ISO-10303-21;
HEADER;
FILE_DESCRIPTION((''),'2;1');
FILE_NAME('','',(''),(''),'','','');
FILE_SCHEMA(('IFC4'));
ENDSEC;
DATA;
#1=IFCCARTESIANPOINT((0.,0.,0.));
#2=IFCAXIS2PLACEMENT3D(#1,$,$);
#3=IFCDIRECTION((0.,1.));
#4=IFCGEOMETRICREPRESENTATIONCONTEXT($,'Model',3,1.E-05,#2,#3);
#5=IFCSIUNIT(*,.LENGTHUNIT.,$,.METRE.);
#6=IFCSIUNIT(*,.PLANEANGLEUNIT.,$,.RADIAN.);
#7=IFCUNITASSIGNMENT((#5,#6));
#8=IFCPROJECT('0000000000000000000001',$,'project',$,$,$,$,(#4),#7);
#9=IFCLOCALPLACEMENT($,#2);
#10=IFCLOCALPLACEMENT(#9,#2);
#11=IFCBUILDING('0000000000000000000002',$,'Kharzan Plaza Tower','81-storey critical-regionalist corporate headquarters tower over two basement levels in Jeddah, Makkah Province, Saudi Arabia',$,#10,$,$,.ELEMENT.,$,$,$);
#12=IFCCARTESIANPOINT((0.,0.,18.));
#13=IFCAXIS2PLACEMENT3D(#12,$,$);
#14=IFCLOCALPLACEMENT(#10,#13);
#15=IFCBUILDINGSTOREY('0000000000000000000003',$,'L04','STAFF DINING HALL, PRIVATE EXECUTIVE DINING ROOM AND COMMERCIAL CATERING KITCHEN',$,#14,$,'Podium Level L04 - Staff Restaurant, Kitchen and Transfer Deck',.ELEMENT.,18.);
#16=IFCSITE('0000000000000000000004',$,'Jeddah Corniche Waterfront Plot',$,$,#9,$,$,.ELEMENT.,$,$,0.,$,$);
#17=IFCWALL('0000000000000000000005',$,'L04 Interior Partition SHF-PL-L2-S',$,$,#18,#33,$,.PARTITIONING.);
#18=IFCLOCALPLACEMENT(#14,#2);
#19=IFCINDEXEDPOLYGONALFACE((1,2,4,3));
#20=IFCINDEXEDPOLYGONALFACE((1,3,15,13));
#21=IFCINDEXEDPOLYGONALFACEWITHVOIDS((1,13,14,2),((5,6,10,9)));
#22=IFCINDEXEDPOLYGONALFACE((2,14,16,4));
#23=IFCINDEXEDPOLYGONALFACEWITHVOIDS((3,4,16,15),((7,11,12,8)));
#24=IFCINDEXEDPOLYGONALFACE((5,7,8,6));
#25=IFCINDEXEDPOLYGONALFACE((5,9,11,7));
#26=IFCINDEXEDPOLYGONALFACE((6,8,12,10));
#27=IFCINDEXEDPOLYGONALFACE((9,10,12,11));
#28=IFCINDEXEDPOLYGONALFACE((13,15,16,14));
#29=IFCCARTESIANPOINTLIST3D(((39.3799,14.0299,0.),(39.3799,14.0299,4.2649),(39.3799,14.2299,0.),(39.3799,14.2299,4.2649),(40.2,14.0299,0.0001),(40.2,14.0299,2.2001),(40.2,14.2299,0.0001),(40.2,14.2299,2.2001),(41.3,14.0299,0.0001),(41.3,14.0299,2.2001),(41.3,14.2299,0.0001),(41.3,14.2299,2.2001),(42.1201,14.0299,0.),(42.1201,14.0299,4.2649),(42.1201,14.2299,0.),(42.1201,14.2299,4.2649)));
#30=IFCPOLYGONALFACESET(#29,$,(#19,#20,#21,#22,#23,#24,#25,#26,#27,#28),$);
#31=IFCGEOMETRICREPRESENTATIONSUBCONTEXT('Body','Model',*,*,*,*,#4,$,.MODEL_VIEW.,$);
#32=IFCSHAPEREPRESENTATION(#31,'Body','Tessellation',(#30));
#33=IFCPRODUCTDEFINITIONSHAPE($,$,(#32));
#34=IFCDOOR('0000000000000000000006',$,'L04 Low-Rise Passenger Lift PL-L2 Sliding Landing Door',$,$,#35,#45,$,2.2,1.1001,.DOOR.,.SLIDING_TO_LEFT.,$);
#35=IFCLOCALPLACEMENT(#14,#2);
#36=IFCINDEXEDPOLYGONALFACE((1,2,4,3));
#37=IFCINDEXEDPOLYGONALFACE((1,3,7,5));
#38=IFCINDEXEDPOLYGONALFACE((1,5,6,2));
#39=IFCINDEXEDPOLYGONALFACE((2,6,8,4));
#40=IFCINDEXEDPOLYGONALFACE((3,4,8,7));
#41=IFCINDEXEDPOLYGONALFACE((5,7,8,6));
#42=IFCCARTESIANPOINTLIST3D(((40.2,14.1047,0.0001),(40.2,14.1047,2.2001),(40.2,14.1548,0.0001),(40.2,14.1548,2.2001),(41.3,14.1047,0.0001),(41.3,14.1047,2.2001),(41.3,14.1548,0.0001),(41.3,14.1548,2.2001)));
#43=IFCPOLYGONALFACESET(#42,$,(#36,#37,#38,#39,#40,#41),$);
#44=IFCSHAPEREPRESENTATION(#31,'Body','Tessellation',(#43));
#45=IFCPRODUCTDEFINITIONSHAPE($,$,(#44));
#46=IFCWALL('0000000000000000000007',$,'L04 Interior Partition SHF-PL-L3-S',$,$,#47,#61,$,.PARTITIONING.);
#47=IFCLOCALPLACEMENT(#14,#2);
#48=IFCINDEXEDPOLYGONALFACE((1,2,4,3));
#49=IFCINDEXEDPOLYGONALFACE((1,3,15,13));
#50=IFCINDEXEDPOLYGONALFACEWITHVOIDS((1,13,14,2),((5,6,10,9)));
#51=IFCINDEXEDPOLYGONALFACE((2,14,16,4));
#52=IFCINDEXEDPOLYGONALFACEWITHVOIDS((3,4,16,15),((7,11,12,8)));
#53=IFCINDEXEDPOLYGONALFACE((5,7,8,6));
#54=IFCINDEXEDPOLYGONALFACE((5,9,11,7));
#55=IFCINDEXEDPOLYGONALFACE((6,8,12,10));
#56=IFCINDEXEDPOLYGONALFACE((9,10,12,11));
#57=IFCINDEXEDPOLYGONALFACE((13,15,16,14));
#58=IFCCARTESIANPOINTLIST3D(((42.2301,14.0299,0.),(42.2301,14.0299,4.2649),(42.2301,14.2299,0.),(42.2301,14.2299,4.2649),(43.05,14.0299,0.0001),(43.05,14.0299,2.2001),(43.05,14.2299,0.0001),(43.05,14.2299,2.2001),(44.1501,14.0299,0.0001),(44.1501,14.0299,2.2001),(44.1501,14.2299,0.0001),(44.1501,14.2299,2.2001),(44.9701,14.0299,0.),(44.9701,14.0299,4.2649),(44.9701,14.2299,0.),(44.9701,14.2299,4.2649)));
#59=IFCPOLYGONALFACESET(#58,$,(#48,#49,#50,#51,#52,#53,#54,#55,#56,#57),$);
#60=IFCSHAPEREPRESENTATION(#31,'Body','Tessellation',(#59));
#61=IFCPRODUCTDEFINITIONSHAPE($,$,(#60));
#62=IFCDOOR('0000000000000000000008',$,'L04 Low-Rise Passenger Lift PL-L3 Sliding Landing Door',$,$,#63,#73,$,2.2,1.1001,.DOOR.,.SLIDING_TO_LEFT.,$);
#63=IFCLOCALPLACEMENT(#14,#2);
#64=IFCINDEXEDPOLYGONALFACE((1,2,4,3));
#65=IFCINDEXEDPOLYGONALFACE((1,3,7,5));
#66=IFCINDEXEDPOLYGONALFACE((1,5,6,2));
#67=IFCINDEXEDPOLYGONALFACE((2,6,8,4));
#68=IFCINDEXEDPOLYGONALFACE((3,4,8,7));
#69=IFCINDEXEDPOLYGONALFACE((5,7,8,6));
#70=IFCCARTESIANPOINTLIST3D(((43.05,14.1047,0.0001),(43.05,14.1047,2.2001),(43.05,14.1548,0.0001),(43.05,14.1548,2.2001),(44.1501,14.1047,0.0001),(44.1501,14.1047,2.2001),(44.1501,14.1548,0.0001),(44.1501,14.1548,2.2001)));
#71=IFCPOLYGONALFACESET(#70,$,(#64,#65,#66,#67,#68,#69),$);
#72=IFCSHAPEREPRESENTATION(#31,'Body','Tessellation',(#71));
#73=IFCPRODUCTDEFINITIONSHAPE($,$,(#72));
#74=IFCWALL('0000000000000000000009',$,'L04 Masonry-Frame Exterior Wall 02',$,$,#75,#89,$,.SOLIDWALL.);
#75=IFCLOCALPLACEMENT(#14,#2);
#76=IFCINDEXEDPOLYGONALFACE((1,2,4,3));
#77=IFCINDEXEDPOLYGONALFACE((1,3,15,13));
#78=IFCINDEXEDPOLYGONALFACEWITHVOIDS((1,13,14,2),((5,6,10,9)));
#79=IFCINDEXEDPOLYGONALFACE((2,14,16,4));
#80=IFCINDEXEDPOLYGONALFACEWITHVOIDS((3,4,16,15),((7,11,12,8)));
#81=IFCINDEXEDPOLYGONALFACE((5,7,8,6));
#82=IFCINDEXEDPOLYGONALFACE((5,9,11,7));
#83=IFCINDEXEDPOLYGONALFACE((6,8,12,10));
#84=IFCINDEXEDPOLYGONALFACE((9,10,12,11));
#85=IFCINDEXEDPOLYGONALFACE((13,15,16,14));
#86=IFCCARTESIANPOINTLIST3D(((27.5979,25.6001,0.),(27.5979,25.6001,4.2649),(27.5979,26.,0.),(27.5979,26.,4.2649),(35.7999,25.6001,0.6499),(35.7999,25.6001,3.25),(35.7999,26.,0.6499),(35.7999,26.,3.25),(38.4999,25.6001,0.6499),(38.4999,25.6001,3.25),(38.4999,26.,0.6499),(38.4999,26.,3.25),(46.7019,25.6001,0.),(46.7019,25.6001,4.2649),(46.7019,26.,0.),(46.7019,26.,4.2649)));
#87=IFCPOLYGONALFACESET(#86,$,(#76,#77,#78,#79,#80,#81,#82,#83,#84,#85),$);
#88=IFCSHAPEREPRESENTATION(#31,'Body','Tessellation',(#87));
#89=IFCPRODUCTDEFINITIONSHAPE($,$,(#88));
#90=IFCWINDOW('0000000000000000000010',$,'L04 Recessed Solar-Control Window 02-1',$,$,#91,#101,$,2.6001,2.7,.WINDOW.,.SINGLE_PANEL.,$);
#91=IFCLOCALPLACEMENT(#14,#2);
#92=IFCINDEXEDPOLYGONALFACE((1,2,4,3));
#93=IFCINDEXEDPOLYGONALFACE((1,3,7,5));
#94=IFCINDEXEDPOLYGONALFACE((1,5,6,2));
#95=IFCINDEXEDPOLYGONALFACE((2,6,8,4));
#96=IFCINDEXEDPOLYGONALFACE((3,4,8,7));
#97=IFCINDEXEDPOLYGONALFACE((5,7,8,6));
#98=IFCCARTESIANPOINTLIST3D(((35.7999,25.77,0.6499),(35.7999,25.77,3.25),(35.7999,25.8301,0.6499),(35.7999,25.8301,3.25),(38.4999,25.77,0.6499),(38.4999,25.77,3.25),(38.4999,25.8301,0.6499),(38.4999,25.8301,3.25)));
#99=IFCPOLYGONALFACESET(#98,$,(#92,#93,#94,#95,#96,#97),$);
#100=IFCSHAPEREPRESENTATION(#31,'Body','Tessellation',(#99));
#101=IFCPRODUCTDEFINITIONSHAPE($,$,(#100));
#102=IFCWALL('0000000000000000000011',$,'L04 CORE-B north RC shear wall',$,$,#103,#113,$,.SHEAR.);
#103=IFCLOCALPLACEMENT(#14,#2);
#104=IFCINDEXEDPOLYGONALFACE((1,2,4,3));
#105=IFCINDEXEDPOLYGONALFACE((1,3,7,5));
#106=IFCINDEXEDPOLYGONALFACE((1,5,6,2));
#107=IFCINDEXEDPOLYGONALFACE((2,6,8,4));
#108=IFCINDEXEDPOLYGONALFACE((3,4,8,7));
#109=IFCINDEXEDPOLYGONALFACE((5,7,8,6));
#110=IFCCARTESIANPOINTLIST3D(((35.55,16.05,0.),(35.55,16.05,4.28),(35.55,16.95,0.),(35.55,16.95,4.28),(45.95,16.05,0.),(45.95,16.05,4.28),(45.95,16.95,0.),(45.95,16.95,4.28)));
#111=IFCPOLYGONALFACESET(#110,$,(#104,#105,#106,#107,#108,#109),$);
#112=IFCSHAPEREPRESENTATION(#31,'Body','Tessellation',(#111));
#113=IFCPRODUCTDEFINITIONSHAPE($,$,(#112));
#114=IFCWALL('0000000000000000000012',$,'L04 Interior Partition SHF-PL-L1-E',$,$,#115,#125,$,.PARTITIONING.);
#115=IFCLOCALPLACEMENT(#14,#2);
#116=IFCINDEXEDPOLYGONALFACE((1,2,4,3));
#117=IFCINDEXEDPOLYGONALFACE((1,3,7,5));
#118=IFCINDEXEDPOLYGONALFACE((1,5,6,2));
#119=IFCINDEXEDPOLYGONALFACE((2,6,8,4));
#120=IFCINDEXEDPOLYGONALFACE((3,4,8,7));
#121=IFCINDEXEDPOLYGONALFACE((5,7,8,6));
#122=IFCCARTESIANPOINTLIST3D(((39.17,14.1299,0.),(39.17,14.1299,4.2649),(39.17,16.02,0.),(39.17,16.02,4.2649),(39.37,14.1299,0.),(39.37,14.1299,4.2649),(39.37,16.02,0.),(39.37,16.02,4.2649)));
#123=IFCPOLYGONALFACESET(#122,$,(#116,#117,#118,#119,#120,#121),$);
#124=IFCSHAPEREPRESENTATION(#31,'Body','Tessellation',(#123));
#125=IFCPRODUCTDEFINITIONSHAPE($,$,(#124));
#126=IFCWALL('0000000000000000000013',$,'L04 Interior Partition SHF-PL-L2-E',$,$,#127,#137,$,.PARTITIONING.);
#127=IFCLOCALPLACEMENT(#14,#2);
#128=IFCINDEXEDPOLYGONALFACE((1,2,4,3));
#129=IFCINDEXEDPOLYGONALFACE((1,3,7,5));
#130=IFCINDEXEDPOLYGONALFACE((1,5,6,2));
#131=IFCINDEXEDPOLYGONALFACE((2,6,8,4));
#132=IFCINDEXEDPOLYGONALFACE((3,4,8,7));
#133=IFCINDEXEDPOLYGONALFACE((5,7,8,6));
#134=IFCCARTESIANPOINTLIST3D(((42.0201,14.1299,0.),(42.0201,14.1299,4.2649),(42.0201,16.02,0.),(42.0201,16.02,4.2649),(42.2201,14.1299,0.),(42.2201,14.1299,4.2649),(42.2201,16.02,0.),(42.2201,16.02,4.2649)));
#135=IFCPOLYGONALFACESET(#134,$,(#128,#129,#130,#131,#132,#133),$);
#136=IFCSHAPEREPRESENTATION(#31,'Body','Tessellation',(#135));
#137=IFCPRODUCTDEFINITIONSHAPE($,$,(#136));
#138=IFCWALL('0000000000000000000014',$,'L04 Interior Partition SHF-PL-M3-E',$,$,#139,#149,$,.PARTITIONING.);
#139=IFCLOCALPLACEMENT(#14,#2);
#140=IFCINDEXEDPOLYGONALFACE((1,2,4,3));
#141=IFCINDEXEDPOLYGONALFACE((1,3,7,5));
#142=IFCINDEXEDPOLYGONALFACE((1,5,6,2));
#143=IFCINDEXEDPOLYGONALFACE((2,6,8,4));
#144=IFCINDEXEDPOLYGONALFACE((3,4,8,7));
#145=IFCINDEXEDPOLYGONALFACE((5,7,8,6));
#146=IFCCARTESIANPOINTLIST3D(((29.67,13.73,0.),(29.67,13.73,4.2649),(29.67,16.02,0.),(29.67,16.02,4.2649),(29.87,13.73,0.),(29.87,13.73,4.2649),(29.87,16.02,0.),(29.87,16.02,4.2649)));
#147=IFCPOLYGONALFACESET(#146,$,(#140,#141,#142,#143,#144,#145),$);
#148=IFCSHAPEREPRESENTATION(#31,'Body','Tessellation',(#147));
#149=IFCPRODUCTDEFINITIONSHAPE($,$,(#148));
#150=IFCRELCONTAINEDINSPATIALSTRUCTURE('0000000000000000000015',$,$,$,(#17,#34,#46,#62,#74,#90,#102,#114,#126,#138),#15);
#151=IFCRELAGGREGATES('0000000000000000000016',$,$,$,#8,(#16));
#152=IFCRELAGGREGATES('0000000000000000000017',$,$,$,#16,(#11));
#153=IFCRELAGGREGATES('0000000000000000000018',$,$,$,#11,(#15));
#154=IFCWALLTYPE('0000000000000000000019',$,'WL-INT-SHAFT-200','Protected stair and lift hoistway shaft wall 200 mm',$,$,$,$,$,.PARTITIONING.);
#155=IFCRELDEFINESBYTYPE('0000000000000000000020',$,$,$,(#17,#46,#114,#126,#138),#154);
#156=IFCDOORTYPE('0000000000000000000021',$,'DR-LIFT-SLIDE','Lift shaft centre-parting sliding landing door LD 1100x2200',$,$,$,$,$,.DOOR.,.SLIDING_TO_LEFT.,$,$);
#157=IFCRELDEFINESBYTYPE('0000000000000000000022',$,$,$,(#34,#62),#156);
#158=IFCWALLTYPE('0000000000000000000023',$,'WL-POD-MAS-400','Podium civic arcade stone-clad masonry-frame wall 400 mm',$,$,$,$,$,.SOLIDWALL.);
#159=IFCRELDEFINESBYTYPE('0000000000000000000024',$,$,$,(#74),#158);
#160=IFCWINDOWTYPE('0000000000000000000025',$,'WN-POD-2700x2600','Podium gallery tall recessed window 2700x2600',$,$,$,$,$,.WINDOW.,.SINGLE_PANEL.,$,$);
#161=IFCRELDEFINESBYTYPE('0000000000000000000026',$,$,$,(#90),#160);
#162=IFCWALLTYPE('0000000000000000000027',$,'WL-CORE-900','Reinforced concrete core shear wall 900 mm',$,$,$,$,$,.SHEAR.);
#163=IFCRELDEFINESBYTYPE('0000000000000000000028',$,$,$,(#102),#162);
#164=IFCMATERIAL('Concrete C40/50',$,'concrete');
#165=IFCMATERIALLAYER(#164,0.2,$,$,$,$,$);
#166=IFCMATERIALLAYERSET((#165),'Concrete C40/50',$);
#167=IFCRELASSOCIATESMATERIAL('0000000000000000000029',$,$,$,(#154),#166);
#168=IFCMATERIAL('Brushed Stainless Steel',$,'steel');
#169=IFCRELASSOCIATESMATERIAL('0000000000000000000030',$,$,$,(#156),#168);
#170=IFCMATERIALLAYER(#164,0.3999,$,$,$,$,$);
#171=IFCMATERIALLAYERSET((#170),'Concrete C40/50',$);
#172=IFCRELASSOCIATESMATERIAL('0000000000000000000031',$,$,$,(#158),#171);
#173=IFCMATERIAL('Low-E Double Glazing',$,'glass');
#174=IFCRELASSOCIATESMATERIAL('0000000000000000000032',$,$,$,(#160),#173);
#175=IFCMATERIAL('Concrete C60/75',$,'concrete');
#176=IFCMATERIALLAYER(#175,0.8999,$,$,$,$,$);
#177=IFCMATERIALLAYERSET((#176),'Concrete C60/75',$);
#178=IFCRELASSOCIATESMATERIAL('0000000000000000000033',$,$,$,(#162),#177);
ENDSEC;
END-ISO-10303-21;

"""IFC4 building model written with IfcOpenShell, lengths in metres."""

from ifc_helpers import new_model, si_unit, direction, frame, frame_2d, origin, place, context, subcontext, project, spatial, rectangle, extrude, source, transform, mapped, material, layer, layer_set, type_object, element, fill, save


model = new_model("IFC4")

# Units and contexts
model_context = context("Model", 3, precision=1e-05, world=origin(), true_north=direction((0.0, 1.0)))
body_context = subcontext(model_context, "Body", "Model", "MODEL_VIEW")
ifc_project = project(units=[si_unit("LENGTHUNIT", "METRE"), si_unit("PLANEANGLEUNIT", "RADIAN")], contexts=[model_context])

# Site, building, storey
site_placement = place(None, origin())
site = spatial("IfcSite", under=ifc_project, at=site_placement, Name="Jeddah Corniche Waterfront Plot", CompositionType="ELEMENT", RefElevation=0.0)
building_placement = place(site_placement, origin())
building = spatial("IfcBuilding", under=site, at=building_placement, Name="Kharzan Plaza Tower", Description="81-storey critical-regionalist corporate headquarters tower over two basement levels in Jeddah, Makkah Province, Saudi Arabia", CompositionType="ELEMENT")
storey_placement = place(building_placement, frame((0.0, 0.0, 18.0)))
storey = spatial("IfcBuildingStorey", under=building, at=storey_placement, Name="L04", Description="STAFF DINING HALL, PRIVATE EXECUTIVE DINING ROOM AND COMMERCIAL CATERING KITCHEN", LongName="Podium Level L04 - Staff Restaurant, Kitchen and Transfer Deck", CompositionType="ELEMENT", Elevation=18.0)

# Shared definitions
ifc_material_1 = material(Name="Concrete C60/75", Category="concrete")

# Walls, openings, doors
ifc_material_2 = material(Name="Concrete C40/50", Category="concrete")
ifc_layer_1 = layer(ifc_material_2, 0.2)
ifc_layer_set_1 = layer_set([ifc_layer_1], Name="Concrete C40/50")
wall_type_1 = type_object("IfcWallType", Name="WL-INT-SHAFT-200", Description="Protected stair and lift hoistway shaft wall 200 mm", PredefinedType="PARTITIONING", material=ifc_layer_set_1)
ifc_material_3 = material(Name="Brushed Stainless Steel", Category="steel")
door_type = type_object("IfcDoorType", Name="DR-LIFT-SLIDE", Description="Lift shaft centre-parting sliding landing door LD 1100x2200", OperationType="SLIDING_TO_LEFT", PredefinedType="DOOR", material=ifc_material_3)
shared_shape_1 = source(origin(), body_context, "Body", "SweptSolid", [
    extrude(rectangle(XDim=1.1001, YDim=2.2, at=frame_2d((0.55, 1.1001))), frame((0.0, 0.0249, 0.0), z_axis=(0.0, -1.0, 0.0), x_axis=(1.0, 0.0, 0.0)), (0.0, 0.0, 1.0), 0.05),
])
wall_1_placement = place(storey_placement, frame((39.3799, 14.1299, 0.0), z_axis=(0.0, 0.0, 1.0), x_axis=(1.0, 0.0, 0.0)))
wall_1 = element("IfcWall", 1, at=wall_1_placement, inside=storey, type_object=wall_type_1, Name="L04 Interior Partition SHF-PL-L2-S", PredefinedType="PARTITIONING", context=body_context, shape_type="SweptSolid", body=[
    extrude(rectangle(XDim=2.7402, YDim=0.2, at=frame_2d((1.3701, 0.0))), origin(), (0.0, 0.0, 1.0), 4.2649),
])
opening_1_placement = place(wall_1_placement, frame((0.8201, 0.0, 0.0)))
opening_1 = element("IfcOpeningElement", 2, at=opening_1_placement, cuts=wall_1, PredefinedType="OPENING", context=body_context, shape_type="SweptSolid", body=[
    extrude(rectangle(XDim=1.1001, YDim=2.2, at=frame_2d((0.55, 1.1001))), frame((0.0, 0.1099, 0.0), z_axis=(0.0, -1.0, 0.0), x_axis=(1.0, 0.0, 0.0)), (0.0, 0.0, 1.0), 0.22),
])
door_1_placement = place(opening_1_placement, origin())
door_1 = element("IfcDoor", 3, at=door_1_placement, inside=storey, type_object=door_type, Name="L04 Low-Rise Passenger Lift PL-L2 Sliding Landing Door", OperationType="SLIDING_TO_LEFT", OverallHeight=2.2, OverallWidth=1.1001, PredefinedType="DOOR", context=body_context, shape_type="MappedRepresentation", body=[
    mapped(shared_shape_1, transform((0.0, 0.0, 0.0), x_axis=(1.0, 0.0, 0.0), y_axis=(0.0, 1.0, 0.0), z_axis=(0.0, 0.0, 1.0))),
])
fill(opening_1, door_1)
wall_2_placement = place(storey_placement, frame((42.23, 14.1299, 0.0), z_axis=(0.0, 0.0, 1.0), x_axis=(1.0, 0.0, 0.0)))
wall_2 = element("IfcWall", 4, at=wall_2_placement, inside=storey, type_object=wall_type_1, Name="L04 Interior Partition SHF-PL-L3-S", PredefinedType="PARTITIONING", context=body_context, shape_type="SweptSolid", body=[
    extrude(rectangle(XDim=2.74, YDim=0.2, at=frame_2d((1.3701, 0.0))), origin(), (0.0, 0.0, 1.0), 4.2649),
])
opening_2_placement = place(wall_2_placement, frame((0.8201, 0.0, 0.0)))
opening_2 = element("IfcOpeningElement", 5, at=opening_2_placement, cuts=wall_2, PredefinedType="OPENING", context=body_context, shape_type="SweptSolid", body=[
    extrude(rectangle(XDim=1.1001, YDim=2.2, at=frame_2d((0.55, 1.1001))), frame((0.0, 0.1099, 0.0), z_axis=(0.0, -1.0, 0.0), x_axis=(1.0, 0.0, 0.0)), (0.0, 0.0, 1.0), 0.22),
])
door_2_placement = place(opening_2_placement, origin())
door_2 = element("IfcDoor", 6, at=door_2_placement, inside=storey, type_object=door_type, Name="L04 Low-Rise Passenger Lift PL-L3 Sliding Landing Door", OperationType="SLIDING_TO_LEFT", OverallHeight=2.2, OverallWidth=1.1001, PredefinedType="DOOR", context=body_context, shape_type="MappedRepresentation", body=[
    mapped(shared_shape_1, transform((0.0, 0.0, 0.0), x_axis=(1.0, 0.0, 0.0), y_axis=(0.0, 1.0, 0.0), z_axis=(0.0, 0.0, 1.0))),
])
fill(opening_2, door_2)

# Wall, opening, window
ifc_layer_2 = layer(ifc_material_2, 0.3999)
ifc_layer_set_2 = layer_set([ifc_layer_2], Name="Concrete C40/50")
wall_type_2 = type_object("IfcWallType", Name="WL-POD-MAS-400", Description="Podium civic arcade stone-clad masonry-frame wall 400 mm", PredefinedType="SOLIDWALL", material=ifc_layer_set_2)
wall_3_placement = place(storey_placement, frame((46.7019, 25.8, 0.0), z_axis=(0.0, 0.0, 1.0), x_axis=(-1.0, 0.0, 0.0)))
wall_3 = element("IfcWall", 7, at=wall_3_placement, inside=storey, type_object=wall_type_2, Name="L04 Masonry-Frame Exterior Wall 02", PredefinedType="SOLIDWALL", context=body_context, shape_type="SweptSolid", body=[
    extrude(rectangle(XDim=19.104, YDim=0.3999, at=frame_2d((9.552, 0.0))), origin(), (0.0, 0.0, 1.0), 4.2649),
])
opening_3_placement = place(wall_3_placement, frame((8.2019, 0.0, 0.6499)))
opening_3 = element("IfcOpeningElement", 8, at=opening_3_placement, cuts=wall_3, PredefinedType="OPENING", context=body_context, shape_type="SweptSolid", body=[
    extrude(rectangle(XDim=2.7, YDim=2.6001, at=frame_2d((1.3501, 1.3))), frame((0.0, 0.21, 0.0), z_axis=(0.0, -1.0, 0.0), x_axis=(1.0, 0.0, 0.0)), (0.0, 0.0, 1.0), 0.4199),
])
ifc_material_4 = material(Name="Low-E Double Glazing", Category="glass")
window_type = type_object("IfcWindowType", Name="WN-POD-2700x2600", Description="Podium gallery tall recessed window 2700x2600", PartitioningType="SINGLE_PANEL", PredefinedType="WINDOW", material=ifc_material_4)
shared_shape_2 = source(origin(), body_context, "Body", "SweptSolid", [
    extrude(rectangle(XDim=2.7, YDim=2.6001, at=frame_2d((1.3501, 1.3))), frame((0.0, 0.03, 0.0), z_axis=(0.0, -1.0, 0.0), x_axis=(1.0, 0.0, 0.0)), (0.0, 0.0, 1.0), 0.0601),
])
window_placement = place(opening_3_placement, origin())
window = element("IfcWindow", 9, at=window_placement, inside=storey, type_object=window_type, Name="L04 Recessed Solar-Control Window 02-1", OverallHeight=2.6001, OverallWidth=2.7, PartitioningType="SINGLE_PANEL", PredefinedType="WINDOW", context=body_context, shape_type="MappedRepresentation", body=[
    mapped(shared_shape_2, transform((0.0, 0.0, 0.0), x_axis=(1.0, 0.0, 0.0), y_axis=(0.0, 1.0, 0.0), z_axis=(0.0, 0.0, 1.0))),
])
fill(opening_3, window)

# Walls
ifc_layer_3 = layer(ifc_material_1, 0.8999)
ifc_layer_set_3 = layer_set([ifc_layer_3], Name="Concrete C60/75")
wall_type_3 = type_object("IfcWallType", Name="WL-CORE-900", Description="Reinforced concrete core shear wall 900 mm", PredefinedType="SHEAR", material=ifc_layer_set_3)
shared_shape_3 = source(origin(), body_context, "Body", "SweptSolid", [
    extrude(rectangle(XDim=10.3999, YDim=0.8999, at=frame_2d((5.2, 0.0))), origin(), (0.0, 0.0, 1.0), 4.28),
])
wall_4_placement = place(storey_placement, frame((35.55, 16.5, 0.0), z_axis=(0.0, 0.0, 1.0), x_axis=(1.0, 0.0, 0.0)))
element("IfcWall", 10, at=wall_4_placement, inside=storey, type_object=wall_type_3, Name="L04 CORE-B north RC shear wall", PredefinedType="SHEAR", context=body_context, shape_type="MappedRepresentation", body=[
    mapped(shared_shape_3, transform((0.0, 0.0, 0.0), x_axis=(1.0, 0.0, 0.0), y_axis=(0.0, 1.0, 0.0), z_axis=(0.0, 0.0, 1.0))),
])
shared_shape_4 = source(origin(), body_context, "Body", "SweptSolid", [
    extrude(rectangle(XDim=1.8901, YDim=0.2, at=frame_2d((0.9451, 0.0))), origin(), (0.0, 0.0, 1.0), 4.2649),
])
for number, where, z_axis, x_axis, name in (
    (11, (39.27, 14.1299, 0.0), (0.0, 0.0, 1.0), (0.0, 1.0, 0.0), "L04 Interior Partition SHF-PL-L1-E"),
    (12, (42.1201, 14.1299, 0.0), (0.0, 0.0, 1.0), (0.0, 1.0, 0.0), "L04 Interior Partition SHF-PL-L2-E"),
):
    element("IfcWall", number, at=place(storey_placement, frame(where, z_axis=z_axis, x_axis=x_axis)), inside=storey, type_object=wall_type_1, Name=name, PredefinedType="PARTITIONING", context=body_context, shape_type="MappedRepresentation", body=[
        mapped(shared_shape_4, transform((0.0, 0.0, 0.0), x_axis=(1.0, 0.0, 0.0), y_axis=(0.0, 1.0, 0.0), z_axis=(0.0, 0.0, 1.0))),
    ])
shared_shape_5 = source(origin(), body_context, "Body", "SweptSolid", [
    extrude(rectangle(XDim=2.29, YDim=0.2, at=frame_2d((1.145, 0.0))), origin(), (0.0, 0.0, 1.0), 4.2649),
])
wall_5_placement = place(storey_placement, frame((29.77, 13.73, 0.0), z_axis=(0.0, 0.0, 1.0), x_axis=(0.0, 1.0, 0.0)))
element("IfcWall", 13, at=wall_5_placement, inside=storey, type_object=wall_type_1, Name="L04 Interior Partition SHF-PL-M3-E", PredefinedType="PARTITIONING", context=body_context, shape_type="MappedRepresentation", body=[
    mapped(shared_shape_5, transform((0.0, 0.0, 0.0), x_axis=(1.0, 0.0, 0.0), y_axis=(0.0, 1.0, 0.0), z_axis=(0.0, 0.0, 1.0))),
])

save(model, "model.ifc")
